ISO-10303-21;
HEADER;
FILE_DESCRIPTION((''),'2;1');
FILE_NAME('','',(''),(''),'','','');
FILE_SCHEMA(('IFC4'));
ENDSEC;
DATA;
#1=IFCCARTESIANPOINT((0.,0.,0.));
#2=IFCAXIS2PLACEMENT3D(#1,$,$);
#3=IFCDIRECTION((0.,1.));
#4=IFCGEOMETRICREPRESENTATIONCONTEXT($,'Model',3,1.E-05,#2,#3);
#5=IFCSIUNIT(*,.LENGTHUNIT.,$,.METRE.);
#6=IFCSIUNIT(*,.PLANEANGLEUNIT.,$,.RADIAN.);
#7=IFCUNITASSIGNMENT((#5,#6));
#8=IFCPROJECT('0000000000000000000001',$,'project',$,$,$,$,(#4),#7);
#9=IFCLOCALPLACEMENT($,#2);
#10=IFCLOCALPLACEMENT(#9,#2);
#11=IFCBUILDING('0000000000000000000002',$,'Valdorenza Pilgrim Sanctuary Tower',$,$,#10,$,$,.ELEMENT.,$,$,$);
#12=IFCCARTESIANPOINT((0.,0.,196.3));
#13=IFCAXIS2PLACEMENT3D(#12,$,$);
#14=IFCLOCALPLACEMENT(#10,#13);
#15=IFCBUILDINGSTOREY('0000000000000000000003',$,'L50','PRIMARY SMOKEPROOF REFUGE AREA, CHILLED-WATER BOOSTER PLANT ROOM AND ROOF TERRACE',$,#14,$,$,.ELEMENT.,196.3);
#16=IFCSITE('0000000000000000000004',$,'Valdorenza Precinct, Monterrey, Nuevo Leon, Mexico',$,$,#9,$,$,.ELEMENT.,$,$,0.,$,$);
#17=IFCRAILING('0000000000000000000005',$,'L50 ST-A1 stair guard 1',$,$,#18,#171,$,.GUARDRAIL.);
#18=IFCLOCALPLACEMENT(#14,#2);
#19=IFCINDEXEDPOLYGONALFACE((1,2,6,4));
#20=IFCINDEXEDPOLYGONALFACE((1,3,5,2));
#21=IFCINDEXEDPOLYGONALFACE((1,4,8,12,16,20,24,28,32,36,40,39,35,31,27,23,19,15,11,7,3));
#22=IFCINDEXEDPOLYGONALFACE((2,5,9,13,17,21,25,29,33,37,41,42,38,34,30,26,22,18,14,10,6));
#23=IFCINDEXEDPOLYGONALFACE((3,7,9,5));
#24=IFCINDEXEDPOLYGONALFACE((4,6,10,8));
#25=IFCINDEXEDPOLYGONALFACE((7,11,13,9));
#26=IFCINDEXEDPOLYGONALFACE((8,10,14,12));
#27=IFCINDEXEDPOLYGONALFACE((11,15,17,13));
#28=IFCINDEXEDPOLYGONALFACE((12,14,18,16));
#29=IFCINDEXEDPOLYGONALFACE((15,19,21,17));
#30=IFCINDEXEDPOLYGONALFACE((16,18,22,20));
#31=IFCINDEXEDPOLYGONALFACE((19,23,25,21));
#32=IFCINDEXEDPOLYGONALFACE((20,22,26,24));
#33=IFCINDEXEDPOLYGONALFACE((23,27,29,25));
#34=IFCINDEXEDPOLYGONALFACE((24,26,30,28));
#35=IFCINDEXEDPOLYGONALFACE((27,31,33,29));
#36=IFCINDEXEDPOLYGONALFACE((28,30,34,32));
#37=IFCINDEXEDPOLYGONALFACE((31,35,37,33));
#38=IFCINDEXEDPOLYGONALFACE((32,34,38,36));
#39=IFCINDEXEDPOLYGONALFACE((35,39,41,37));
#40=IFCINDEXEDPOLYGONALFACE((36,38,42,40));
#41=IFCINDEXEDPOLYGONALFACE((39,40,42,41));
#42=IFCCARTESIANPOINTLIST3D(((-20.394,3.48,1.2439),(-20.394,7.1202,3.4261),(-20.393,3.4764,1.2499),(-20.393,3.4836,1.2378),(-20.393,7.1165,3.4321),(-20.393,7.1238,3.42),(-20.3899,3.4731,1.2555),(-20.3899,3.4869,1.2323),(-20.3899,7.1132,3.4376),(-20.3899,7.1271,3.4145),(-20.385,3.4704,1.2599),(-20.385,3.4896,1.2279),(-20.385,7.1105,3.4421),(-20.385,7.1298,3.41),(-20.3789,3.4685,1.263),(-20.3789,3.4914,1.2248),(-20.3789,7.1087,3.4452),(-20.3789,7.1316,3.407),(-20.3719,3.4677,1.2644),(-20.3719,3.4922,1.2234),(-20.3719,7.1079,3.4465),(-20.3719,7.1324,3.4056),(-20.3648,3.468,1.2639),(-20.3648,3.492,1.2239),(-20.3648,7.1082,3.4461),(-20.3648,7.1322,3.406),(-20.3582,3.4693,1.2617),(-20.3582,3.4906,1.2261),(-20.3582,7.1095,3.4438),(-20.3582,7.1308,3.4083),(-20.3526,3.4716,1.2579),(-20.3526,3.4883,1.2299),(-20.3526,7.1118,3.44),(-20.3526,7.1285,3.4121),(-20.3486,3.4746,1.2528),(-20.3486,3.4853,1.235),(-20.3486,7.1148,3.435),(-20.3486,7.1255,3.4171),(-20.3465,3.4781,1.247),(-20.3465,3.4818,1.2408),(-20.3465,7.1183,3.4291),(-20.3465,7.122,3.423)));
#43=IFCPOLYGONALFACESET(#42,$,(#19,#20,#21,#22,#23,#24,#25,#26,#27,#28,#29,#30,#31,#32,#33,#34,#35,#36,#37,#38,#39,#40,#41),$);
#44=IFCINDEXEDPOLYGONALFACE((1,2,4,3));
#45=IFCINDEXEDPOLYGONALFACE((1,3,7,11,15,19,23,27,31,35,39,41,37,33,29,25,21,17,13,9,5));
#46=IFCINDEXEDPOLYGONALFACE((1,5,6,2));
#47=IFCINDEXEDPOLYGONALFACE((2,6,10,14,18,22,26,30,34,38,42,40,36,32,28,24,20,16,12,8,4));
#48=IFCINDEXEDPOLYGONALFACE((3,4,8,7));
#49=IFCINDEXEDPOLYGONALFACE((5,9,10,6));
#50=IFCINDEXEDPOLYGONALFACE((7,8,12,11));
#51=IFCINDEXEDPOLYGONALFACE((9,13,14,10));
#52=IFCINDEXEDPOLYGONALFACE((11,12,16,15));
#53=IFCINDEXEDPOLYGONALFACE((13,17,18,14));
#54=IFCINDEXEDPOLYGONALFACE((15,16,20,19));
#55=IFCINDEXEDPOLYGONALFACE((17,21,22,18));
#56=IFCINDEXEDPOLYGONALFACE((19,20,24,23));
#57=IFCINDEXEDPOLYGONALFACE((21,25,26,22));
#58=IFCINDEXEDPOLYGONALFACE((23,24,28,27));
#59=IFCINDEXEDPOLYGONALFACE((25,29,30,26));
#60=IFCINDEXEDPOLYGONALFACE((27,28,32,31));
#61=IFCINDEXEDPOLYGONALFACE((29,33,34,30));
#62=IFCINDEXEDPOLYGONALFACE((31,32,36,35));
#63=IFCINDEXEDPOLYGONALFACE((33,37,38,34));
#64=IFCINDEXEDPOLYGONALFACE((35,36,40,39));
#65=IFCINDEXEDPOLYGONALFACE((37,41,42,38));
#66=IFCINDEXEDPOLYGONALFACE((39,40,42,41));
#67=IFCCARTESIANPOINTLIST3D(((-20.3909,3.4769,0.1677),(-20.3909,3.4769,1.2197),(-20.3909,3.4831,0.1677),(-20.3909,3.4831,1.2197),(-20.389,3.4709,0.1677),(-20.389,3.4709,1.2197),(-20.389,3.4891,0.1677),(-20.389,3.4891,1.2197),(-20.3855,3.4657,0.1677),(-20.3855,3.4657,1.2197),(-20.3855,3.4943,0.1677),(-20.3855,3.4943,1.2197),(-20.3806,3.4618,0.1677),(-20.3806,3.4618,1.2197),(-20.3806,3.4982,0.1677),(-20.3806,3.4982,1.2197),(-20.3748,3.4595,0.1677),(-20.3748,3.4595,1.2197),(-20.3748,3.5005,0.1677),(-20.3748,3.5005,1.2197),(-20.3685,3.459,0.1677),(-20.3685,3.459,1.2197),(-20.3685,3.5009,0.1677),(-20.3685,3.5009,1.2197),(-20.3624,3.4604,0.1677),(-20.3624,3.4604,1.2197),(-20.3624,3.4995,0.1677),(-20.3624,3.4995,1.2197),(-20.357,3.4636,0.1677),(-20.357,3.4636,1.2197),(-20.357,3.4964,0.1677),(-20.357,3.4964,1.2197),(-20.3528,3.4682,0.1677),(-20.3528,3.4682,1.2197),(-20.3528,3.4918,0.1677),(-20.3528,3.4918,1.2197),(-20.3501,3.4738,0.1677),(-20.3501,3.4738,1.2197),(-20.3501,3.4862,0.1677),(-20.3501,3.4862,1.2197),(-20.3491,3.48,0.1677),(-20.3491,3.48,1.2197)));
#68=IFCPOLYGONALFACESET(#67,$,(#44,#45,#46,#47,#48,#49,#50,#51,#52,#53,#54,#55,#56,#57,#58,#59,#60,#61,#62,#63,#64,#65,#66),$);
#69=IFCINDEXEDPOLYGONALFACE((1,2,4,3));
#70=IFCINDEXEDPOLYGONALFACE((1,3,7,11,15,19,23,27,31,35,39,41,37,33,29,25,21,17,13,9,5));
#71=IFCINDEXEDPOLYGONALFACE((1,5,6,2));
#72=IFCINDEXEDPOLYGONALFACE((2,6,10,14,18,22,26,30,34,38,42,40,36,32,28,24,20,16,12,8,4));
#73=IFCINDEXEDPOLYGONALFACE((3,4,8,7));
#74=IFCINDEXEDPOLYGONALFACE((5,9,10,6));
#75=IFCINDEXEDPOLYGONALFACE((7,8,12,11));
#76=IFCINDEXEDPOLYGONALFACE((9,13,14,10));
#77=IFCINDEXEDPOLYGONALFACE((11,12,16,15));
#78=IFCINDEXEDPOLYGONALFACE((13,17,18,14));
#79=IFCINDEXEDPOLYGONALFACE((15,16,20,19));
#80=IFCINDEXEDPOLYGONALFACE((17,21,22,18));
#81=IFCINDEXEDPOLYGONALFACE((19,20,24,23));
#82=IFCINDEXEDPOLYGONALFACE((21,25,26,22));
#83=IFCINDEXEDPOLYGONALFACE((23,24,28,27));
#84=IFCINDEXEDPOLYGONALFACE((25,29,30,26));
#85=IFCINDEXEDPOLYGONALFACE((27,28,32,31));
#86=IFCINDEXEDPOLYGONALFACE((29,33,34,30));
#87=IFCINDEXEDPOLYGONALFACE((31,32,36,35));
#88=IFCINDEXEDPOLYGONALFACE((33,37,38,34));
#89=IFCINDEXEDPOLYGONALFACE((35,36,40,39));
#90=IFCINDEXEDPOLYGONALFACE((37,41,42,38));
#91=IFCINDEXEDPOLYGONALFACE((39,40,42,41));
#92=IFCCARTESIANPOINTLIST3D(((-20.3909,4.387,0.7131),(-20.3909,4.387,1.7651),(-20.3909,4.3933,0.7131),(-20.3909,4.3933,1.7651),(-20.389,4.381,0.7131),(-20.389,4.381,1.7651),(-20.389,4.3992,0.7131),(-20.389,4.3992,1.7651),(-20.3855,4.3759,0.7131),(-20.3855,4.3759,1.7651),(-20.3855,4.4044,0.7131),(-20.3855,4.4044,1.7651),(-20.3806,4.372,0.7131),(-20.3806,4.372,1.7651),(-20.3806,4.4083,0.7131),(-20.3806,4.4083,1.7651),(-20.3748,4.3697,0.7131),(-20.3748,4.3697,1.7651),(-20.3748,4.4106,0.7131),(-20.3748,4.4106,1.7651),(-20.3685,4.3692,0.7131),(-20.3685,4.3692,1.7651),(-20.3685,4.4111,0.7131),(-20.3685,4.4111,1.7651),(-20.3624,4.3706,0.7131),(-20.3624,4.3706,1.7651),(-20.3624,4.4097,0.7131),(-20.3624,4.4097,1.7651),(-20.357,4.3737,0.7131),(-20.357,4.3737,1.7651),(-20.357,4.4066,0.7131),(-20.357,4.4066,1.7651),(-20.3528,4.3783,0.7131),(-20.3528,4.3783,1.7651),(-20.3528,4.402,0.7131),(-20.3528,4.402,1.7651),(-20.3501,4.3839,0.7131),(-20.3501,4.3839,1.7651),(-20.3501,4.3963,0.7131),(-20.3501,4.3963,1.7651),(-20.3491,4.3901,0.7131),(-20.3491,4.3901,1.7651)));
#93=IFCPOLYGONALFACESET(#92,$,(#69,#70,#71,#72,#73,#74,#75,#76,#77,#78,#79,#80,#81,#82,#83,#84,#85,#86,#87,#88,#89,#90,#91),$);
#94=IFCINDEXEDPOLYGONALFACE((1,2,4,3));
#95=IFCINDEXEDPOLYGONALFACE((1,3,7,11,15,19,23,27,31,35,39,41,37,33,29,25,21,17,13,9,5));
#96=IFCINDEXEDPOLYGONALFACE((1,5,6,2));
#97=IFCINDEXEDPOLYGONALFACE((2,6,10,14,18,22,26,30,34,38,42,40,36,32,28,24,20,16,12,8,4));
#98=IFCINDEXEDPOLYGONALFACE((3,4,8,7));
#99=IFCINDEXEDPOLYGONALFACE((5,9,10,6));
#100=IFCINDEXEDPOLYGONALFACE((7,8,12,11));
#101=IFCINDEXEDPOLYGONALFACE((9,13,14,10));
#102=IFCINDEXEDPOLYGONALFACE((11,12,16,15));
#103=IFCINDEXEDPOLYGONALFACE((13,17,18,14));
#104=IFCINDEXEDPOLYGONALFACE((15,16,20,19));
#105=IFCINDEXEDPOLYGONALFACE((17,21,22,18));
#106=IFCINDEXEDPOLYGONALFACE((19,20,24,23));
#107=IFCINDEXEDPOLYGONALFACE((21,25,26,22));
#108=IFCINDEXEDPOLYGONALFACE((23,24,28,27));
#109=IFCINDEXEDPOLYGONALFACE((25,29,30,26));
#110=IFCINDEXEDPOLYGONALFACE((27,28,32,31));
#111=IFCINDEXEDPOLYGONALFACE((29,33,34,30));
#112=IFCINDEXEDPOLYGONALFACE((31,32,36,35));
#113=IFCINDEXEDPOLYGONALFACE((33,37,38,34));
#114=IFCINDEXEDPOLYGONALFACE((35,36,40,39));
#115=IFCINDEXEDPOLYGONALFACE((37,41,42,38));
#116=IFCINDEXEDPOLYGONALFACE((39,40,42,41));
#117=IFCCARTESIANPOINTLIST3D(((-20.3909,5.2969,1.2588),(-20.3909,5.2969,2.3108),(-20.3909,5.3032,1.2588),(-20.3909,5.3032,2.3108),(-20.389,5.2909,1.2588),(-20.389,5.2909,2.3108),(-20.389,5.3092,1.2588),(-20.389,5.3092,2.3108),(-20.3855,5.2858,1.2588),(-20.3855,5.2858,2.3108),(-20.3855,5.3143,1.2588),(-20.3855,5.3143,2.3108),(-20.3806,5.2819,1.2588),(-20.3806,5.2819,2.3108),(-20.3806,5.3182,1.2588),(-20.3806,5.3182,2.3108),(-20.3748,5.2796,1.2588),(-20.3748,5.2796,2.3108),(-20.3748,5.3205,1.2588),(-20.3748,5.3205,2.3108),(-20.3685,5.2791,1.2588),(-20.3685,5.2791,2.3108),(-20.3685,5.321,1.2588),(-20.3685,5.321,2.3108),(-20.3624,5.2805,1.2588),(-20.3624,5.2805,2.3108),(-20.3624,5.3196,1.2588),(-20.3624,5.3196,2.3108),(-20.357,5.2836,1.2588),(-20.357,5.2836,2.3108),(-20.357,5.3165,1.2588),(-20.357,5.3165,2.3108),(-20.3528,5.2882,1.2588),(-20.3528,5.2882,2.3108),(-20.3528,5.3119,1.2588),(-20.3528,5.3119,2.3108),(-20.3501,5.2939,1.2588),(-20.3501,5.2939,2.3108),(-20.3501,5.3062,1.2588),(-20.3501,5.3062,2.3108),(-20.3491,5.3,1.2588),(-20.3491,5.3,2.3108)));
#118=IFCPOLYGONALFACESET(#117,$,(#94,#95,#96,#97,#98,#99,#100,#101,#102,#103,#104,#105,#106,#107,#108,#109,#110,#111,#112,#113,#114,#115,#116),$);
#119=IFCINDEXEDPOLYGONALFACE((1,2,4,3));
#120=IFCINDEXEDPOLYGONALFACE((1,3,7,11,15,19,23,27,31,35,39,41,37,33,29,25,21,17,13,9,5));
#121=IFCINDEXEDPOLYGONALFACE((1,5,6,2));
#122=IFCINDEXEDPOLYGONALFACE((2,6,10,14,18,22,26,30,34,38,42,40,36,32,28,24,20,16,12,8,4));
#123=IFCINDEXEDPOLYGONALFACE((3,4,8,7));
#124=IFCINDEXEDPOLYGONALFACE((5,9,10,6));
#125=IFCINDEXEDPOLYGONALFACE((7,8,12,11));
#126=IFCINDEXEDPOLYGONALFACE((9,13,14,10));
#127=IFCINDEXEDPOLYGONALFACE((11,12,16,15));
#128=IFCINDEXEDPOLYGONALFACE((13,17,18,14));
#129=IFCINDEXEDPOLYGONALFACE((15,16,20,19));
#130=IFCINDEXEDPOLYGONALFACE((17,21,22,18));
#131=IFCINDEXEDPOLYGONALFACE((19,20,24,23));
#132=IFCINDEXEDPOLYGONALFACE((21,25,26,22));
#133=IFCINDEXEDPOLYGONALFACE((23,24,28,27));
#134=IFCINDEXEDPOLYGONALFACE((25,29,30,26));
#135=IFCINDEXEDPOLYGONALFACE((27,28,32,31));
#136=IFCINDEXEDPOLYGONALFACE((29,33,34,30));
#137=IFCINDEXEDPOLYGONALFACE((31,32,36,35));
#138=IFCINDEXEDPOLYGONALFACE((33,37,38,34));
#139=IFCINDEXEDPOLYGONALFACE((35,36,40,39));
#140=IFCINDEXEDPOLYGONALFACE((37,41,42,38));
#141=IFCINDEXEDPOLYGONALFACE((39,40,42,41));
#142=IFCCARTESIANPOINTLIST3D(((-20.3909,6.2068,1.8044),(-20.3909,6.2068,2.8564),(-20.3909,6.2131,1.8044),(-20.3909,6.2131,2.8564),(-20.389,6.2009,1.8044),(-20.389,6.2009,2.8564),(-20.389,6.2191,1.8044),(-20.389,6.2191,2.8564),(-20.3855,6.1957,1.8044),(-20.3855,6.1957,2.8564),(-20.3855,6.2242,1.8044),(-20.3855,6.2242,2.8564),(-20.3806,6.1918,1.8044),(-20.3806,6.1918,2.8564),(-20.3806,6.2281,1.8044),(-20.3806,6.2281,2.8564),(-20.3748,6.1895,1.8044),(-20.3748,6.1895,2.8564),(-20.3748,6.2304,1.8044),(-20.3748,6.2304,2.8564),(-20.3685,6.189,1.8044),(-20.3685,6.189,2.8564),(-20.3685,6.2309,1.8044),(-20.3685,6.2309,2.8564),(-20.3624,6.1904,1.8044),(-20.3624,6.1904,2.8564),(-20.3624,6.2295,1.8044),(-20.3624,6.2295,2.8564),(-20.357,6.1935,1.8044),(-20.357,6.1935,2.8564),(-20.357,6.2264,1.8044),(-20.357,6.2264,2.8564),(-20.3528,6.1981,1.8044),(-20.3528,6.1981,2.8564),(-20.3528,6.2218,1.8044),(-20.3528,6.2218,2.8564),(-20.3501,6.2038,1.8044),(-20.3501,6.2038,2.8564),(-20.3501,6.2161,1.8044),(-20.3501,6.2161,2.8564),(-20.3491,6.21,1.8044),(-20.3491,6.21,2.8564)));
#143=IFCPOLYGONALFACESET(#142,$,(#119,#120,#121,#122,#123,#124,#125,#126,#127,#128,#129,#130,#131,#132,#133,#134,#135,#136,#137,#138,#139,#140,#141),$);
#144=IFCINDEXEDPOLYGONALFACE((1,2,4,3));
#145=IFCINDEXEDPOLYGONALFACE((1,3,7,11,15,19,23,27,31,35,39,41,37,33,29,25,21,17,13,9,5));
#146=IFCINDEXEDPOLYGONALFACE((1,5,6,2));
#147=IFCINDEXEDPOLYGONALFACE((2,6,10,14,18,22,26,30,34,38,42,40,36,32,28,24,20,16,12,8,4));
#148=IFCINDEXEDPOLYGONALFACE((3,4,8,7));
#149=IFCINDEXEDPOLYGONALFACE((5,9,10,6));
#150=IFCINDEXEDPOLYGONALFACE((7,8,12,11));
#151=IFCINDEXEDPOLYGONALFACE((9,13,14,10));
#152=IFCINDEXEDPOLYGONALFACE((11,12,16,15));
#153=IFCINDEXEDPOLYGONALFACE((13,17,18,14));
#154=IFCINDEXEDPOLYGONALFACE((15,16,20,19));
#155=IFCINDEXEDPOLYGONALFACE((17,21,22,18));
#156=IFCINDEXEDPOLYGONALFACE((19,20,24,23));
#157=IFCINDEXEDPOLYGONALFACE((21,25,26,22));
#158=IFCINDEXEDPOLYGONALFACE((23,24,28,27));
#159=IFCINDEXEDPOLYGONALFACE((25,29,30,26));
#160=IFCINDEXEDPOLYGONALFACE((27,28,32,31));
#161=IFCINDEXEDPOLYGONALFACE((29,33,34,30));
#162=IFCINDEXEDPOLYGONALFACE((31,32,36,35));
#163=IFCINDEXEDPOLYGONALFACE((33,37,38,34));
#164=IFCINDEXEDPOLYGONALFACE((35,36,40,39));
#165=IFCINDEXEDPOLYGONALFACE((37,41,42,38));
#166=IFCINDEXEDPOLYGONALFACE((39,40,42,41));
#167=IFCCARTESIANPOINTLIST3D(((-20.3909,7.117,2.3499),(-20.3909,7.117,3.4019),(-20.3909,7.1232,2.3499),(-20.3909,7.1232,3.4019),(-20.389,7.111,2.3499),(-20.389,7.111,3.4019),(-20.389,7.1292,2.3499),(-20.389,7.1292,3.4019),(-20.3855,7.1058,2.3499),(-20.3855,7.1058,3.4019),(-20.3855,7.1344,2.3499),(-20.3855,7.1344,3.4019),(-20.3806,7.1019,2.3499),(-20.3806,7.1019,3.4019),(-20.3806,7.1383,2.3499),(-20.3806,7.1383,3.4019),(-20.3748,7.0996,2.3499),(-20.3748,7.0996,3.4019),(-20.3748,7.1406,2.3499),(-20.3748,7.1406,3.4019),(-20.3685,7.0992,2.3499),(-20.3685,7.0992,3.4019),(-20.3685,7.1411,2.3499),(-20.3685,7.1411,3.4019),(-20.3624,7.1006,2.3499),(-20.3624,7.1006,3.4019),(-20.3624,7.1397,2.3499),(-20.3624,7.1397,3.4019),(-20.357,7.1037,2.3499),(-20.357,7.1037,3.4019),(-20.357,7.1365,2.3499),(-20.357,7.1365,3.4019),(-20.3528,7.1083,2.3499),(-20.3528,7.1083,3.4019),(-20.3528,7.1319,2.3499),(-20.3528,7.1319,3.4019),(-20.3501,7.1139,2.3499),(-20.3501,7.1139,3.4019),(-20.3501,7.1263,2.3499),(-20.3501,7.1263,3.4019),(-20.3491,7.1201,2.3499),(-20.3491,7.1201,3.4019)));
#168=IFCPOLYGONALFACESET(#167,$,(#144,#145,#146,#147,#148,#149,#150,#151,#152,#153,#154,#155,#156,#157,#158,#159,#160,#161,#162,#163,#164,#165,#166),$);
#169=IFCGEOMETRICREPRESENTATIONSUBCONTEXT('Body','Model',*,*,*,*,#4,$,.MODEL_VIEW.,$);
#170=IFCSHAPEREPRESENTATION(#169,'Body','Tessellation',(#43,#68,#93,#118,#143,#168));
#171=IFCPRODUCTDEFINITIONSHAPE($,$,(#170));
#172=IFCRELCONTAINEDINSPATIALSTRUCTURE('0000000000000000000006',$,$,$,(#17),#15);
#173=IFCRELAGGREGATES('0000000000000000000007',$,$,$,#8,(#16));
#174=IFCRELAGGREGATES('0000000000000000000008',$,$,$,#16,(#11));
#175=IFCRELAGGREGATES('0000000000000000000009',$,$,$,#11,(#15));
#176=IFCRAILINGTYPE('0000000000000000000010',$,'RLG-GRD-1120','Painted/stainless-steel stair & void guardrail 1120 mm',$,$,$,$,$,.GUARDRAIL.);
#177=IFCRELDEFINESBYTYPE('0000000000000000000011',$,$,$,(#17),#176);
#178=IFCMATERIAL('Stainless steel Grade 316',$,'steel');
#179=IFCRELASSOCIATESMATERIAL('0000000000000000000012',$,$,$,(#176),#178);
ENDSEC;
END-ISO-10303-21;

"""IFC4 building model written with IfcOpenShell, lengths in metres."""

from ifc_helpers import new_model, si_unit, direction, frame, origin, origin_2d, place, context, subcontext, project, spatial, circle, extrude, material, type_object, element, save


model = new_model("IFC4")

# Units and contexts
model_context = context("Model", 3, precision=1e-05, world=origin(), true_north=direction((0.0, 1.0)))
body_context = subcontext(model_context, "Body", "Model", "MODEL_VIEW")
ifc_project = project(units=[si_unit("LENGTHUNIT", "METRE"), si_unit("PLANEANGLEUNIT", "RADIAN")], contexts=[model_context])

# Site, building, storey
site_placement = place(None, origin())
site = spatial("IfcSite", under=ifc_project, at=site_placement, Name="Valdorenza Precinct, Monterrey, Nuevo Leon, Mexico", CompositionType="ELEMENT", RefElevation=0.0)
building_placement = place(site_placement, origin())
building = spatial("IfcBuilding", under=site, at=building_placement, Name="Valdorenza Pilgrim Sanctuary Tower", CompositionType="ELEMENT")
storey_placement = place(building_placement, frame((0.0, 0.0, 196.3)))
storey = spatial("IfcBuildingStorey", under=building, at=storey_placement, Name="L50", Description="PRIMARY SMOKEPROOF REFUGE AREA, CHILLED-WATER BOOSTER PLANT ROOM AND ROOF TERRACE", CompositionType="ELEMENT", Elevation=196.3)

# Railing
ifc_material_1 = material(Name="Stainless steel Grade 316", Category="steel")
railing_type_1 = type_object("IfcRailingType", Name="RLG-GRD-1120", Description="Painted/stainless-steel stair & void guardrail 1120 mm", PredefinedType="GUARDRAIL", material=ifc_material_1)
railing_1_placement = place(storey_placement, frame((-20.3701, 3.48, 0.1677)))
element("IfcRailing", 1, at=railing_1_placement, inside=storey, type_object=railing_type_1, Name="L50 ST-A1 stair guard 1", PredefinedType="GUARDRAIL", context=body_context, shape_type="SweptSolid", body=[
    extrude(circle(Radius=0.0239, at=origin_2d()), frame((0.0, 0.0, 1.0762), z_axis=(0.0, 0.857696, 0.514157), x_axis=(-1.0, 0.0, 0.0)), (0.0, 0.0, 1.0), 4.2441),
    extrude(circle(Radius=0.021, at=origin_2d()), origin(), (0.0, 0.0, 1.0), 1.052),
    extrude(circle(Radius=0.021, at=origin_2d()), frame((0.0, 0.9102, 0.5454)), (0.0, 0.0, 1.0), 1.052),
    extrude(circle(Radius=0.021, at=origin_2d()), frame((0.0, 1.8201, 1.0911)), (0.0, 0.0, 1.0), 1.052),
    extrude(circle(Radius=0.021, at=origin_2d()), frame((0.0, 2.73, 1.6367)), (0.0, 0.0, 1.0), 1.052),
    extrude(circle(Radius=0.021, at=origin_2d()), frame((0.0, 3.6401, 2.1821)), (0.0, 0.0, 1.0), 1.052),
])

save(model, "model.ifc")
